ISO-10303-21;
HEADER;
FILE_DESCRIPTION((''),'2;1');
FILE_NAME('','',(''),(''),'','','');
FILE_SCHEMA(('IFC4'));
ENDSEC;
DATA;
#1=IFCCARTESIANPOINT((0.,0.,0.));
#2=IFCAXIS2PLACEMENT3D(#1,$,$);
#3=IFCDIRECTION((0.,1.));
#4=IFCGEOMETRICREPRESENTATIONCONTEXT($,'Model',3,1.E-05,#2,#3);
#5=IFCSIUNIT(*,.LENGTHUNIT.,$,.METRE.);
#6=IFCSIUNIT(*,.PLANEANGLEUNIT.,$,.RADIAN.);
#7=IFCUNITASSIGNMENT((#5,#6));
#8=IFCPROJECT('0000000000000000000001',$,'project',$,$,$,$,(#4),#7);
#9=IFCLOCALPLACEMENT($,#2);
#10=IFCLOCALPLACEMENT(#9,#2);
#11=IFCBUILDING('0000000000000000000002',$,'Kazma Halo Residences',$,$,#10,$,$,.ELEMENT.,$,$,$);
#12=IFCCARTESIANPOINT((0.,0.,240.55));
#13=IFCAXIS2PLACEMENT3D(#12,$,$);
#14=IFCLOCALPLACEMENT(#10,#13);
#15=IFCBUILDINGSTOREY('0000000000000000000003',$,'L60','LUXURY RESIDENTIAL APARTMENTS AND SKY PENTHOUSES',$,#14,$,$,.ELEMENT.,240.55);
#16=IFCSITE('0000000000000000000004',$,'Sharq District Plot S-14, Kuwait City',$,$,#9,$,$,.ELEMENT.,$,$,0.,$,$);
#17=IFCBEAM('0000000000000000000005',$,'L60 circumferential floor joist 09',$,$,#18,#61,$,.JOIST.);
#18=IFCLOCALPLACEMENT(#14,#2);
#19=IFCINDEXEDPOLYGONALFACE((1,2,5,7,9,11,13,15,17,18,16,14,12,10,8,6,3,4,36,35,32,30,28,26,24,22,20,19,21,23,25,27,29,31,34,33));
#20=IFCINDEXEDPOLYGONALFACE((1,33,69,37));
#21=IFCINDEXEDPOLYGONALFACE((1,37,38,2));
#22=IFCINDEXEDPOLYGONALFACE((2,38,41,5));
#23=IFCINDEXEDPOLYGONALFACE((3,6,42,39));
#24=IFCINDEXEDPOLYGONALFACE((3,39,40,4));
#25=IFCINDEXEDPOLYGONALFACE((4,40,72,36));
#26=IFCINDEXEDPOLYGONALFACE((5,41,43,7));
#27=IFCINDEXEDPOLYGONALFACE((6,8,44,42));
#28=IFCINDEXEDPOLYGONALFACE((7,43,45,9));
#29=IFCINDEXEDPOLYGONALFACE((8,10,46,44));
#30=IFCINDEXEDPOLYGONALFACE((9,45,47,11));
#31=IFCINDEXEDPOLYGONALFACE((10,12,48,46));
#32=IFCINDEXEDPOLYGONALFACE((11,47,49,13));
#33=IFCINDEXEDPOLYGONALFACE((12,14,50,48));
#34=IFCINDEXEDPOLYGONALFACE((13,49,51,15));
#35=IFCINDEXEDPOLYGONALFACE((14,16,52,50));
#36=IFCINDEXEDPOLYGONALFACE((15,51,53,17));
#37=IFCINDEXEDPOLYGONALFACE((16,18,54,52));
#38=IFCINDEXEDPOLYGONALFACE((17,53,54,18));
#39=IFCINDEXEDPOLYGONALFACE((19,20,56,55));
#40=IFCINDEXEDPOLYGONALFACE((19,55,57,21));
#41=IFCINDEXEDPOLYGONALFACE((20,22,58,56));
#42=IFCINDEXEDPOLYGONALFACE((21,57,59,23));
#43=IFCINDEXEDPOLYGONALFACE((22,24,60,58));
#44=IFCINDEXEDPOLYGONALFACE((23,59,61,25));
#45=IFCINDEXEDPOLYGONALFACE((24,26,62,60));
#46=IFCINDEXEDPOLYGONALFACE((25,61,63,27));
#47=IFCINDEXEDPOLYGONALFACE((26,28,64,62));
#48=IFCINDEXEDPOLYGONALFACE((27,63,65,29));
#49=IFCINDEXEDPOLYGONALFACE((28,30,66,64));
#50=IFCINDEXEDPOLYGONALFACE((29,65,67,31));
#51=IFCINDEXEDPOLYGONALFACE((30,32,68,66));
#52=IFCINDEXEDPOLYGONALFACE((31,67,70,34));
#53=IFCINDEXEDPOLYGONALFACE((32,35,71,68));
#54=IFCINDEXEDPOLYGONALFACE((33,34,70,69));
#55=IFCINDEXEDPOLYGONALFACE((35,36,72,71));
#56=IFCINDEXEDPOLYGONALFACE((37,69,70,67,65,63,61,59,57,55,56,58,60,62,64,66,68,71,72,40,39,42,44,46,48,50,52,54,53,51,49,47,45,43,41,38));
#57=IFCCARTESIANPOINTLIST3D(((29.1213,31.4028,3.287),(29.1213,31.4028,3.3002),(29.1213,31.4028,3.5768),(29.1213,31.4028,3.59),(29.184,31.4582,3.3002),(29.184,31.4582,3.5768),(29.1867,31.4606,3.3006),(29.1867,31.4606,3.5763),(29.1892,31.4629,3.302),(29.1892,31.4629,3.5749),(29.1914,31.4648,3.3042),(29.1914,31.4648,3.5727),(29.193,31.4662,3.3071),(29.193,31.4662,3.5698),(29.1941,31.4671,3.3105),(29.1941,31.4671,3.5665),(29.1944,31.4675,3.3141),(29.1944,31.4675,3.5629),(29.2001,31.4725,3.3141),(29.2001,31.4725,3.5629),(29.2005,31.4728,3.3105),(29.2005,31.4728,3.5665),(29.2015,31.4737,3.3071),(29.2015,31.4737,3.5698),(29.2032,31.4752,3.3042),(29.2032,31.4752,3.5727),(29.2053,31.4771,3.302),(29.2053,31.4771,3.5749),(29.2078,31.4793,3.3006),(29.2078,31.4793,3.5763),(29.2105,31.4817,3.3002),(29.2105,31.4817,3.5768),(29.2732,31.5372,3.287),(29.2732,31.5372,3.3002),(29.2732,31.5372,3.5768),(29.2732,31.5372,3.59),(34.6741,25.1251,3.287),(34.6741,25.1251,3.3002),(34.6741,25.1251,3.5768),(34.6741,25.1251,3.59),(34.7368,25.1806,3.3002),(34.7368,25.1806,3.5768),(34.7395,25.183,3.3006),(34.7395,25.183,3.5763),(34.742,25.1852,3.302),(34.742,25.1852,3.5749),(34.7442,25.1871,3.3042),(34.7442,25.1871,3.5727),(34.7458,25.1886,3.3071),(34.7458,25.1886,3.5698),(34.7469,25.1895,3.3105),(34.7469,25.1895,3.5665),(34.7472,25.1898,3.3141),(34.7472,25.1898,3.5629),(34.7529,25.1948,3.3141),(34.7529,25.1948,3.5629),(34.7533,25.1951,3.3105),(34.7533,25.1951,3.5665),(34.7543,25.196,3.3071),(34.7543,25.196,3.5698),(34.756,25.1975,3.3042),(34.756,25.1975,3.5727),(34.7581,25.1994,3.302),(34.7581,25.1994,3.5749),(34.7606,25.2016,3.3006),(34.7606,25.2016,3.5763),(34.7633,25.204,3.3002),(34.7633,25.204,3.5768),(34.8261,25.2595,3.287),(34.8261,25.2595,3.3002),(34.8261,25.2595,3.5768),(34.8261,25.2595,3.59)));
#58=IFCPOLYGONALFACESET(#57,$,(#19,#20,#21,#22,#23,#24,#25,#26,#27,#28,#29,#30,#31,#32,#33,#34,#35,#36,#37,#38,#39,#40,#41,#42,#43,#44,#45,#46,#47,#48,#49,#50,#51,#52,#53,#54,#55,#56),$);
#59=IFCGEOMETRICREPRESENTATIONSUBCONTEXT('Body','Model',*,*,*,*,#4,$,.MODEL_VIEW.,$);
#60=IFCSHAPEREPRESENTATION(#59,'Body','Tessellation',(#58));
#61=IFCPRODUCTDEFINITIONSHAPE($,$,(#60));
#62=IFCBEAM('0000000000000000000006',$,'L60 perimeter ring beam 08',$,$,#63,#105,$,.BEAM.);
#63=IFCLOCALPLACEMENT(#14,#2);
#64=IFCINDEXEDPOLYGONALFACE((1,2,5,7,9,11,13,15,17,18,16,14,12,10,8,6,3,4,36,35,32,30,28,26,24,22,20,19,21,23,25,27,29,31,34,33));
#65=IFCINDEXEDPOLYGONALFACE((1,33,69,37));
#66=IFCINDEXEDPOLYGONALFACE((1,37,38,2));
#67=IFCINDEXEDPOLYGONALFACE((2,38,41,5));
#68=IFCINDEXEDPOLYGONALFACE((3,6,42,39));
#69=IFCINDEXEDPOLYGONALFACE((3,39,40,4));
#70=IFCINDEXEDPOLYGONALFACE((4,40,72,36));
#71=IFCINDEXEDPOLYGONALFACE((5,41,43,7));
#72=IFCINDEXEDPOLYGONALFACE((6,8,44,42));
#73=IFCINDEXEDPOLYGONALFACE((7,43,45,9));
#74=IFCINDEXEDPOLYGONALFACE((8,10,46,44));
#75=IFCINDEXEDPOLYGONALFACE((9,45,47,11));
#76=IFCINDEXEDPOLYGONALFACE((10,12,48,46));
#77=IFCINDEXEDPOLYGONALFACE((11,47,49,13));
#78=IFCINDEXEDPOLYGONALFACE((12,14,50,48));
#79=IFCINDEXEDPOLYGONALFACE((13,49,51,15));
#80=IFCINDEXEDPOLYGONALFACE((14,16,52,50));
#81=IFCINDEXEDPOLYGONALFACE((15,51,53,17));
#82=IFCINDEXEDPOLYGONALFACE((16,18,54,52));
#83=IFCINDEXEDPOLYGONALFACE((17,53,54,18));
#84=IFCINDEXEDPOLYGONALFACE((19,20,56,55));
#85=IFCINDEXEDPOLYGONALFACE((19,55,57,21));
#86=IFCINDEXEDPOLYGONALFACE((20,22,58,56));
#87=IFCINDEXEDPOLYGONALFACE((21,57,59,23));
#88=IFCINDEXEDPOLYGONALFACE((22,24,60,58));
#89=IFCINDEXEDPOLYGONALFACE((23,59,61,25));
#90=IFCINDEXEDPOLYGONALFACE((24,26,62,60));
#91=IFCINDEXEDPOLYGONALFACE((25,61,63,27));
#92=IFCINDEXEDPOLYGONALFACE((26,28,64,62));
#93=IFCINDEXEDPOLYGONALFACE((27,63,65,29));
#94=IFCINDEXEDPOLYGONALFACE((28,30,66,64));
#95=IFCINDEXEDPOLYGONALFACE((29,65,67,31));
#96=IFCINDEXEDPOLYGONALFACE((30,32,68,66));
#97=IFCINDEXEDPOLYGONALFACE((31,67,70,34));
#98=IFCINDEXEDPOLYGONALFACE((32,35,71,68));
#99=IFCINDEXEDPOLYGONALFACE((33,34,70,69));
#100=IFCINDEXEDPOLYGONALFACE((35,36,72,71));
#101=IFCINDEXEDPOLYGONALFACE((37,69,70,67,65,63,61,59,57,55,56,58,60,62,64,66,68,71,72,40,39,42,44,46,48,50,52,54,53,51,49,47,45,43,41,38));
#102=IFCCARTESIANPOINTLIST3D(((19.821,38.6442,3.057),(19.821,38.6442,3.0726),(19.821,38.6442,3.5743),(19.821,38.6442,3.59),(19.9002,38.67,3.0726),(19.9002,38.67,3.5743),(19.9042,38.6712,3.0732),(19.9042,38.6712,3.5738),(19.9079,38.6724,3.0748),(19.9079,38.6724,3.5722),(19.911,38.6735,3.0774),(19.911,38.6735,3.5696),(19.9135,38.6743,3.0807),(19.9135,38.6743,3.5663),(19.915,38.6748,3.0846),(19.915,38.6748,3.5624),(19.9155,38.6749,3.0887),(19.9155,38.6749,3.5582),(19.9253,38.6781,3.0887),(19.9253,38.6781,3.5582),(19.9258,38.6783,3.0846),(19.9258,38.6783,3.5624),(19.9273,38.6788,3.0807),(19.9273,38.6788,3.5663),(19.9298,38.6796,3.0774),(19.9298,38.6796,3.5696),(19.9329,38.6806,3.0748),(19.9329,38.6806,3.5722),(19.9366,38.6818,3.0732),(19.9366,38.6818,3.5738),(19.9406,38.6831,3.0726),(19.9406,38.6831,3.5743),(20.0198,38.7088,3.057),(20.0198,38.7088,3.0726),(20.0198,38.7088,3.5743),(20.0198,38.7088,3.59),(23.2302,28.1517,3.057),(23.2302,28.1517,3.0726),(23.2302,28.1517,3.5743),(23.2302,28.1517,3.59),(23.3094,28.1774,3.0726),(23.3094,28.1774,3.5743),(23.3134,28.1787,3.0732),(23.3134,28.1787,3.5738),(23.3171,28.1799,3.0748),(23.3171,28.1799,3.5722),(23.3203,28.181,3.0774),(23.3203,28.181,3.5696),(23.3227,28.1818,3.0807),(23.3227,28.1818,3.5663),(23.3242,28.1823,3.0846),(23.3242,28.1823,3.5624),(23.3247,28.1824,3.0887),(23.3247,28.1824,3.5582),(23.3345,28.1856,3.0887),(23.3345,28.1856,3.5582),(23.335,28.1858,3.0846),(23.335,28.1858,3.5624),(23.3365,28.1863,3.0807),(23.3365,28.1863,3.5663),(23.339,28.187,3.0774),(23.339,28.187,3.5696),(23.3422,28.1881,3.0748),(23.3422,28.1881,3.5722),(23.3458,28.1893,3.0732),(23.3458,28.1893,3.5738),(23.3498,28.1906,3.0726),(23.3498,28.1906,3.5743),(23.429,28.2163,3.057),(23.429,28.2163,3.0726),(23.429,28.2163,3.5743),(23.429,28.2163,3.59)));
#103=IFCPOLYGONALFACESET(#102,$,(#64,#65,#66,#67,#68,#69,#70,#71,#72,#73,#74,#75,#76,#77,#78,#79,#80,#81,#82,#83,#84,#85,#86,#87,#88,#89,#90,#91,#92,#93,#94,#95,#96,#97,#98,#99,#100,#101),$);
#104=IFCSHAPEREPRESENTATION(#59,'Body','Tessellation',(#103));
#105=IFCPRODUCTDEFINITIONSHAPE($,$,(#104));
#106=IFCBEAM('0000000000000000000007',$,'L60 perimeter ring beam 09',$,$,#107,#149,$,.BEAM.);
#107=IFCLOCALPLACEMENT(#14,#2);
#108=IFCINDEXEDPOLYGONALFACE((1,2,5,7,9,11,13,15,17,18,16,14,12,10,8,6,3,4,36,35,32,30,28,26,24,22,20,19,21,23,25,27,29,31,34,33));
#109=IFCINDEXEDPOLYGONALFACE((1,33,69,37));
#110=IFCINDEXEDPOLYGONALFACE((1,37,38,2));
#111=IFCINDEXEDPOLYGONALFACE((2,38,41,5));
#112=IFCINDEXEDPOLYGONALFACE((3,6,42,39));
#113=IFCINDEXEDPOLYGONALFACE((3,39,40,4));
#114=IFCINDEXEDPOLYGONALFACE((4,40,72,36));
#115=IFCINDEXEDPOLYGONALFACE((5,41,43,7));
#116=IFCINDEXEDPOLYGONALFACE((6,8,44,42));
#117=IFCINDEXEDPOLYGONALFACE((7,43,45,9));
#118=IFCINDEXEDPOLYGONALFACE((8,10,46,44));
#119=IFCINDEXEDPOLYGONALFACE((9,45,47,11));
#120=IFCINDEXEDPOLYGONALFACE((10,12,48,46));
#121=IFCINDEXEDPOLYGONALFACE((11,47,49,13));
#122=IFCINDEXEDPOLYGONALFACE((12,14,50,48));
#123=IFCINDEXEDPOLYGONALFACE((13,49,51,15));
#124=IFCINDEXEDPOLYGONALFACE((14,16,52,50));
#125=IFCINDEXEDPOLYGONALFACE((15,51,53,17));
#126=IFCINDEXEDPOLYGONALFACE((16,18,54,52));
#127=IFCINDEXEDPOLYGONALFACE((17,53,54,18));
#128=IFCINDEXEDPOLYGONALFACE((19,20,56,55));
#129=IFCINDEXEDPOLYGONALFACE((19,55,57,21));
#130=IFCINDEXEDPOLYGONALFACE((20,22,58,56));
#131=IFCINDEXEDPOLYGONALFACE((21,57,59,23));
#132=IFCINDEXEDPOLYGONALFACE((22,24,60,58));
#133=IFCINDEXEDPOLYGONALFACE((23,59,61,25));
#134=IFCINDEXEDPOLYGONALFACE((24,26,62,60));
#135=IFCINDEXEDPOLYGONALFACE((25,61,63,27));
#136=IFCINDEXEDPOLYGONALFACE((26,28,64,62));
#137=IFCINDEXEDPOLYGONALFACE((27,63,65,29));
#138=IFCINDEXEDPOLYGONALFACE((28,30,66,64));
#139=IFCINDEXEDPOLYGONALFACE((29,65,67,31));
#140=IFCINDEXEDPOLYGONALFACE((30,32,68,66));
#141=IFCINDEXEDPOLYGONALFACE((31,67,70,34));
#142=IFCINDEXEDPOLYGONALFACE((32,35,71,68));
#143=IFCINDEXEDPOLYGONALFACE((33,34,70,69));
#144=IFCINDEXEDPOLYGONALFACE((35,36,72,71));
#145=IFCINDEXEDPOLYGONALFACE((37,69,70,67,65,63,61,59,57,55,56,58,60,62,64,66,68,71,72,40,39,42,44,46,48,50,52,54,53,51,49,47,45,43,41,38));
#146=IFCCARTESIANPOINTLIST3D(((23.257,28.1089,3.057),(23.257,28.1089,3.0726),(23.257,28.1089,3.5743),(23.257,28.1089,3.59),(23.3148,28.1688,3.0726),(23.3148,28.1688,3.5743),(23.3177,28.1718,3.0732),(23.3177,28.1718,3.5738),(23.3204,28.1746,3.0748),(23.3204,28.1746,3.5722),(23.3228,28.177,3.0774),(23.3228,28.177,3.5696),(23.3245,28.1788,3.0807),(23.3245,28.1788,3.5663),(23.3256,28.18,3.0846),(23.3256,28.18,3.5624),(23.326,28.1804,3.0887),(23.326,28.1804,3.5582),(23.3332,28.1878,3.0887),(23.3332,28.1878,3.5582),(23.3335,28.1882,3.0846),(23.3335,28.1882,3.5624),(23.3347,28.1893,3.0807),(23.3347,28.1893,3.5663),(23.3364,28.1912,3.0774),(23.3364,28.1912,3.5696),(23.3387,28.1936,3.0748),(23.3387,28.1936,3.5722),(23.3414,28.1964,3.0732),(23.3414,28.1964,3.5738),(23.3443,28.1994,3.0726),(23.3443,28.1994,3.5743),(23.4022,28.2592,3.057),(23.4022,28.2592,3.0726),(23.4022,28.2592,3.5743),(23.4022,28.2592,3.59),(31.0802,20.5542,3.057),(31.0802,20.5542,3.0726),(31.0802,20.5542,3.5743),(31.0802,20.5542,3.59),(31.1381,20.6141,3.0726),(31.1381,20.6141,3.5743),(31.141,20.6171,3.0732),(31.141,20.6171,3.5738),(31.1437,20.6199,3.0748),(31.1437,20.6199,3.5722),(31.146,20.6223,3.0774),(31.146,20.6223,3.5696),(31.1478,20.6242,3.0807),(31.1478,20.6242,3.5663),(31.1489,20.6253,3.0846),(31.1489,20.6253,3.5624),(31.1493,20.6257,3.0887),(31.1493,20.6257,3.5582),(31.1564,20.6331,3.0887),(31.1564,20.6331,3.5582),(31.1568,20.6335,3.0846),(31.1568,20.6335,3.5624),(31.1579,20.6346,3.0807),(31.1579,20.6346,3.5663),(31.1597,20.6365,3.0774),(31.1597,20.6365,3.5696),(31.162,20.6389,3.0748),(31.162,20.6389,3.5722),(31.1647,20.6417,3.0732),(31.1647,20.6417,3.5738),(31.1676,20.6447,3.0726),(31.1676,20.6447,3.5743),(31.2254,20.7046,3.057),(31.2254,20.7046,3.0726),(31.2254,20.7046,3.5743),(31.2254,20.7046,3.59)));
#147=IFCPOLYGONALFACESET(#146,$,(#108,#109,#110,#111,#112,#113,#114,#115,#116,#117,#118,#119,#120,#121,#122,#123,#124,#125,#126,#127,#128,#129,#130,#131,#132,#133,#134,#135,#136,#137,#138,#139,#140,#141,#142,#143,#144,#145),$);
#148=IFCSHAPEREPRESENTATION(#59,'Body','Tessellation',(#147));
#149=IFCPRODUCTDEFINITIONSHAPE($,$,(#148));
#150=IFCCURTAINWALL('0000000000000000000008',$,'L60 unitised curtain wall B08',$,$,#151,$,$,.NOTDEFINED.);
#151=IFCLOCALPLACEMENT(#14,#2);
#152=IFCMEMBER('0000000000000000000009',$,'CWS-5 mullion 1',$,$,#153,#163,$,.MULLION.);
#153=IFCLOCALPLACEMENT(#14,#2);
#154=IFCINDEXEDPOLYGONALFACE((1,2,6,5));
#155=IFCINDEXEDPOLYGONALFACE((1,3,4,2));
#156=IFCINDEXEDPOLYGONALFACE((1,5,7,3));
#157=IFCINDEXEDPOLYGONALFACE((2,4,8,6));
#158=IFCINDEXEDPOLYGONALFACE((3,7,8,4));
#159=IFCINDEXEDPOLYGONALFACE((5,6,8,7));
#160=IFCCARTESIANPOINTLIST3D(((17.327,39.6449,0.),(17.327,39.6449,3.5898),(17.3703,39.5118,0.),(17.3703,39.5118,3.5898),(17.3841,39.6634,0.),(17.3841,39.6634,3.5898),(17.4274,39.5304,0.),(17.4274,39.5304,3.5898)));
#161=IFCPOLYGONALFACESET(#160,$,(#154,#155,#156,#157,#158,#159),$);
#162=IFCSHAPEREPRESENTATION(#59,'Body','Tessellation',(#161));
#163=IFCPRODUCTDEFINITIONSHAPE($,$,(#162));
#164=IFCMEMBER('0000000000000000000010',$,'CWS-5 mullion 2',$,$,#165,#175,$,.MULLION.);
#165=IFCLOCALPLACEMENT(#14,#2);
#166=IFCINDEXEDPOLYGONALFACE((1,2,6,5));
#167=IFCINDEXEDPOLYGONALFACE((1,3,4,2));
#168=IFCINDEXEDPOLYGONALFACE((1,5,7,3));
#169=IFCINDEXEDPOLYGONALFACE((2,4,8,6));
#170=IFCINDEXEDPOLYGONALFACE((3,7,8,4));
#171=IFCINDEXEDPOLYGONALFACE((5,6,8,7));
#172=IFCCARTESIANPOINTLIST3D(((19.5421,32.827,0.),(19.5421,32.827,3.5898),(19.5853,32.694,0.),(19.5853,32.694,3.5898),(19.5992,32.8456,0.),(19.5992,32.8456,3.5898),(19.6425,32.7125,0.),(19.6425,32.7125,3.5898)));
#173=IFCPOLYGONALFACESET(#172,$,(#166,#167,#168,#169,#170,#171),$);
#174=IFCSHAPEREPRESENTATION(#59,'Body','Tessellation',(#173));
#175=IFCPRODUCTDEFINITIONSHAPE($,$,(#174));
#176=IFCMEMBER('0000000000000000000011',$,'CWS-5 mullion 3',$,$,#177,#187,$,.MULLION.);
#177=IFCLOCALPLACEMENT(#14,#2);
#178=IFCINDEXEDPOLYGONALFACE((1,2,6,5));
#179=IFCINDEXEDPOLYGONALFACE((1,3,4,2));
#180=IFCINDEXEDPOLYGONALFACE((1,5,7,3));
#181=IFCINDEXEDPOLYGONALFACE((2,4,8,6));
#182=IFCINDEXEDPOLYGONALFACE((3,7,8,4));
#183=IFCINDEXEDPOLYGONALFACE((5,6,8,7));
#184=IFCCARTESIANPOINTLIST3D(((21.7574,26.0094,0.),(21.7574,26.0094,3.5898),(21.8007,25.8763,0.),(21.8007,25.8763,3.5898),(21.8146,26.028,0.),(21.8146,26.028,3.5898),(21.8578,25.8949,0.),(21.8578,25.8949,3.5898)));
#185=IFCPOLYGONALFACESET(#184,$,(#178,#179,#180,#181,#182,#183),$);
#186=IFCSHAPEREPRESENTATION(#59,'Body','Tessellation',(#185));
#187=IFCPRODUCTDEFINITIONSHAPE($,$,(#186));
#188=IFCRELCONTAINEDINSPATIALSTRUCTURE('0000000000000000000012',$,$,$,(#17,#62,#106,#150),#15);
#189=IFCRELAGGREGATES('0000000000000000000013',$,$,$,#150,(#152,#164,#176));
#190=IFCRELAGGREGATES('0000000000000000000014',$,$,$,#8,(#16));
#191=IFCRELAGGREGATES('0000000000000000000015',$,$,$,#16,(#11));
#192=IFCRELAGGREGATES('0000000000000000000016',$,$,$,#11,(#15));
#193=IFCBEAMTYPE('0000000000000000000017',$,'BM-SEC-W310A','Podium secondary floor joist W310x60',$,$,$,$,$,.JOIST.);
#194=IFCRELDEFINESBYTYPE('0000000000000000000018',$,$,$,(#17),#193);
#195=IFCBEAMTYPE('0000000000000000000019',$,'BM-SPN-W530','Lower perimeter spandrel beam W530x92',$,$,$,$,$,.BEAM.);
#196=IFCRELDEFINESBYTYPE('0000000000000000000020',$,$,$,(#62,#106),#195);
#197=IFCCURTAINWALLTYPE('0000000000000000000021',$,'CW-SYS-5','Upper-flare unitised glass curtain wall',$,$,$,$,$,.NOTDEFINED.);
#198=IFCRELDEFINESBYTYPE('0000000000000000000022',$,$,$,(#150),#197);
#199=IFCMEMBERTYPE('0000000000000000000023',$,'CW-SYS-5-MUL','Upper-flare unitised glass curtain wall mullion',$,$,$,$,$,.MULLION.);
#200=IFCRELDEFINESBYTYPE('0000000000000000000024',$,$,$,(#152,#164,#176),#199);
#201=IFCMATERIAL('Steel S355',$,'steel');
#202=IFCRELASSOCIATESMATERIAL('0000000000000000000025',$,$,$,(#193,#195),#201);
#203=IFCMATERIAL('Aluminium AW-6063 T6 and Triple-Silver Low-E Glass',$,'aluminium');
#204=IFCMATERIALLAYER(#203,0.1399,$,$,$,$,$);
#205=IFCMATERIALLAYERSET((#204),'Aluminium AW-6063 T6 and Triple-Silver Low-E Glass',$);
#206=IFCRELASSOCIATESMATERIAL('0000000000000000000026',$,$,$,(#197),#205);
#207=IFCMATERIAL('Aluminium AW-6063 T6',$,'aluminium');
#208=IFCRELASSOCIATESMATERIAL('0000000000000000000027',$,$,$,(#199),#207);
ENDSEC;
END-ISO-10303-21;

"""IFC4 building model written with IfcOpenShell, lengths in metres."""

from ifc_helpers import new_model, si_unit, direction, frame, origin, origin_2d, place, context, subcontext, project, spatial, rectangle, i_section, extrude, material, layer, layer_set, material_profile, profile_set, type_object, element, aggregate, save


model = new_model("IFC4")

# Units and contexts
model_context = context("Model", 3, precision=1e-05, world=origin(), true_north=direction((0.0, 1.0)))
body_context = subcontext(model_context, "Body", "Model", "MODEL_VIEW")
ifc_project = project(units=[si_unit("LENGTHUNIT", "METRE"), si_unit("PLANEANGLEUNIT", "RADIAN")], contexts=[model_context])

# Site, building, storey
site_placement = place(None, origin())
site = spatial("IfcSite", under=ifc_project, at=site_placement, Name="Sharq District Plot S-14, Kuwait City", CompositionType="ELEMENT", RefElevation=0.0)
building_placement = place(site_placement, origin())
building = spatial("IfcBuilding", under=site, at=building_placement, Name="Kazma Halo Residences", CompositionType="ELEMENT")
storey_placement = place(building_placement, frame((0.0, 0.0, 240.55)))
storey = spatial("IfcBuildingStorey", under=building, at=storey_placement, Name="L60", Description="LUXURY RESIDENTIAL APARTMENTS AND SKY PENTHOUSES", CompositionType="ELEMENT", Elevation=240.55)

# Beams
ifc_material_1 = material(Name="Steel S355", Category="steel")
ifc_material_profile_1 = material_profile(ifc_material_1, i_section(OverallWidth=0.2029, OverallDepth=0.303, WebThickness=0.0076, FlangeThickness=0.0132, FilletRadius=0.0139, at=origin_2d()), Name="W310x60")
ifc_profile_set_1 = profile_set([ifc_material_profile_1], Name="Steel S355")
beam_type_1 = type_object("IfcBeamType", Name="BM-SEC-W310A", Description="Podium secondary floor joist W310x60", PredefinedType="JOIST", material=ifc_profile_set_1)
beam_1_placement = place(storey_placement, frame((29.1973, 31.47, 3.4385), z_axis=(0.662539, -0.749027, 0.0), x_axis=(0.749027, 0.662539, 0.0)))
element("IfcBeam", 1, at=beam_1_placement, inside=storey, type_object=beam_type_1, Name="L60 circumferential floor joist 09", PredefinedType="JOIST", context=body_context, shape_type="SweptSolid", body=[
    extrude(i_section(OverallWidth=0.2029, OverallDepth=0.303, WebThickness=0.0076, FlangeThickness=0.0132, FilletRadius=0.0139, at=origin_2d()), origin(), (0.0, 0.0, 1.0), 8.3811),
])
ifc_material_profile_2 = material_profile(ifc_material_1, i_section(OverallWidth=0.209, OverallDepth=0.533, WebThickness=0.0103, FlangeThickness=0.0156, FilletRadius=0.0161, at=origin_2d()), Name="W530x92")
ifc_profile_set_2 = profile_set([ifc_material_profile_2], Name="Steel S355")
beam_type_2 = type_object("IfcBeamType", Name="BM-SPN-W530", Description="Lower perimeter spandrel beam W530x92", PredefinedType="BEAM", material=ifc_profile_set_2)
beam_2_placement = place(storey_placement, frame((19.9204, 38.6765, 3.3235), z_axis=(0.309016, -0.951057, 0.0), x_axis=(0.951057, 0.309016, 0.0)))
element("IfcBeam", 2, at=beam_2_placement, inside=storey, type_object=beam_type_2, Name="L60 perimeter ring beam 08", PredefinedType="BEAM", context=body_context, shape_type="SweptSolid", body=[
    extrude(i_section(OverallWidth=0.209, OverallDepth=0.533, WebThickness=0.0103, FlangeThickness=0.0156, FilletRadius=0.0161, at=origin_2d()), origin(), (0.0, 0.0, 1.0), 11.0325),
])
beam_3_placement = place(storey_placement, frame((23.3296, 28.1841, 3.3235), z_axis=(0.719346, -0.694652, 0.0), x_axis=(0.694652, 0.719346, 0.0)))
element("IfcBeam", 3, at=beam_3_placement, inside=storey, type_object=beam_type_2, Name="L60 perimeter ring beam 09", PredefinedType="BEAM", context=body_context, shape_type="SweptSolid", body=[
    extrude(i_section(OverallWidth=0.209, OverallDepth=0.533, WebThickness=0.0103, FlangeThickness=0.0156, FilletRadius=0.0161, at=origin_2d()), origin(), (0.0, 0.0, 1.0), 10.8755),
])

# Curtain wall, members
ifc_material_2 = material(Name="Aluminium AW-6063 T6 and Triple-Silver Low-E Glass", Category="aluminium")
ifc_layer_1 = layer(ifc_material_2, 0.1399)
ifc_layer_set_1 = layer_set([ifc_layer_1], Name="Aluminium AW-6063 T6 and Triple-Silver Low-E Glass")
curtain_wall_type = type_object("IfcCurtainWallType", Name="CW-SYS-5", Description="Upper-flare unitised glass curtain wall", PredefinedType="NOTDEFINED", material=ifc_layer_set_1)
curtain_wall_placement = place(storey_placement, origin())
curtain_wall = element("IfcCurtainWall", 4, at=curtain_wall_placement, inside=storey, type_object=curtain_wall_type, Name="L60 unitised curtain wall B08", PredefinedType="NOTDEFINED")
ifc_material_3 = material(Name="Aluminium AW-6063 T6", Category="aluminium")
ifc_material_profile_3 = material_profile(ifc_material_3, rectangle(XDim=0.0601, YDim=0.1399, at=origin_2d()), Name="CWM-60x140")
ifc_profile_set_3 = profile_set([ifc_material_profile_3], Name="Aluminium AW-6063 T6")
member_type_1 = type_object("IfcMemberType", Name="CW-SYS-5-MUL", Description="Upper-flare unitised glass curtain wall mullion", PredefinedType="MULLION", material=ifc_profile_set_3)
member_1_placement = place(storey_placement, frame((17.3772, 39.5876, 0.0), z_axis=(0.0, 0.0, 1.0), x_axis=(0.951058, 0.309011, 0.0)))
member_1 = element("IfcMember", 5, at=member_1_placement, type_object=member_type_1, Name="CWS-5 mullion 1", PredefinedType="MULLION", context=body_context, shape_type="SweptSolid", body=[
    extrude(rectangle(XDim=0.0601, YDim=0.1399, at=origin_2d()), origin(), (0.0, 0.0, 1.0), 3.5898),
])
member_2_placement = place(storey_placement, frame((19.5923, 32.7698, 0.0), z_axis=(0.0, 0.0, 1.0), x_axis=(0.951058, 0.309011, 0.0)))
member_2 = element("IfcMember", 6, at=member_2_placement, type_object=member_type_1, Name="CWS-5 mullion 2", PredefinedType="MULLION", context=body_context, shape_type="SweptSolid", body=[
    extrude(rectangle(XDim=0.0601, YDim=0.1399, at=origin_2d()), origin(), (0.0, 0.0, 1.0), 3.5898),
])
member_3_placement = place(storey_placement, frame((21.8076, 25.9521, 0.0), z_axis=(0.0, 0.0, 1.0), x_axis=(0.951058, 0.309011, 0.0)))
member_3 = element("IfcMember", 7, at=member_3_placement, type_object=member_type_1, Name="CWS-5 mullion 3", PredefinedType="MULLION", context=body_context, shape_type="SweptSolid", body=[
    extrude(rectangle(XDim=0.0601, YDim=0.1399, at=origin_2d()), origin(), (0.0, 0.0, 1.0), 3.5898),
])
aggregate(curtain_wall, [member_1, member_2, member_3])

save(model, "model.ifc")
